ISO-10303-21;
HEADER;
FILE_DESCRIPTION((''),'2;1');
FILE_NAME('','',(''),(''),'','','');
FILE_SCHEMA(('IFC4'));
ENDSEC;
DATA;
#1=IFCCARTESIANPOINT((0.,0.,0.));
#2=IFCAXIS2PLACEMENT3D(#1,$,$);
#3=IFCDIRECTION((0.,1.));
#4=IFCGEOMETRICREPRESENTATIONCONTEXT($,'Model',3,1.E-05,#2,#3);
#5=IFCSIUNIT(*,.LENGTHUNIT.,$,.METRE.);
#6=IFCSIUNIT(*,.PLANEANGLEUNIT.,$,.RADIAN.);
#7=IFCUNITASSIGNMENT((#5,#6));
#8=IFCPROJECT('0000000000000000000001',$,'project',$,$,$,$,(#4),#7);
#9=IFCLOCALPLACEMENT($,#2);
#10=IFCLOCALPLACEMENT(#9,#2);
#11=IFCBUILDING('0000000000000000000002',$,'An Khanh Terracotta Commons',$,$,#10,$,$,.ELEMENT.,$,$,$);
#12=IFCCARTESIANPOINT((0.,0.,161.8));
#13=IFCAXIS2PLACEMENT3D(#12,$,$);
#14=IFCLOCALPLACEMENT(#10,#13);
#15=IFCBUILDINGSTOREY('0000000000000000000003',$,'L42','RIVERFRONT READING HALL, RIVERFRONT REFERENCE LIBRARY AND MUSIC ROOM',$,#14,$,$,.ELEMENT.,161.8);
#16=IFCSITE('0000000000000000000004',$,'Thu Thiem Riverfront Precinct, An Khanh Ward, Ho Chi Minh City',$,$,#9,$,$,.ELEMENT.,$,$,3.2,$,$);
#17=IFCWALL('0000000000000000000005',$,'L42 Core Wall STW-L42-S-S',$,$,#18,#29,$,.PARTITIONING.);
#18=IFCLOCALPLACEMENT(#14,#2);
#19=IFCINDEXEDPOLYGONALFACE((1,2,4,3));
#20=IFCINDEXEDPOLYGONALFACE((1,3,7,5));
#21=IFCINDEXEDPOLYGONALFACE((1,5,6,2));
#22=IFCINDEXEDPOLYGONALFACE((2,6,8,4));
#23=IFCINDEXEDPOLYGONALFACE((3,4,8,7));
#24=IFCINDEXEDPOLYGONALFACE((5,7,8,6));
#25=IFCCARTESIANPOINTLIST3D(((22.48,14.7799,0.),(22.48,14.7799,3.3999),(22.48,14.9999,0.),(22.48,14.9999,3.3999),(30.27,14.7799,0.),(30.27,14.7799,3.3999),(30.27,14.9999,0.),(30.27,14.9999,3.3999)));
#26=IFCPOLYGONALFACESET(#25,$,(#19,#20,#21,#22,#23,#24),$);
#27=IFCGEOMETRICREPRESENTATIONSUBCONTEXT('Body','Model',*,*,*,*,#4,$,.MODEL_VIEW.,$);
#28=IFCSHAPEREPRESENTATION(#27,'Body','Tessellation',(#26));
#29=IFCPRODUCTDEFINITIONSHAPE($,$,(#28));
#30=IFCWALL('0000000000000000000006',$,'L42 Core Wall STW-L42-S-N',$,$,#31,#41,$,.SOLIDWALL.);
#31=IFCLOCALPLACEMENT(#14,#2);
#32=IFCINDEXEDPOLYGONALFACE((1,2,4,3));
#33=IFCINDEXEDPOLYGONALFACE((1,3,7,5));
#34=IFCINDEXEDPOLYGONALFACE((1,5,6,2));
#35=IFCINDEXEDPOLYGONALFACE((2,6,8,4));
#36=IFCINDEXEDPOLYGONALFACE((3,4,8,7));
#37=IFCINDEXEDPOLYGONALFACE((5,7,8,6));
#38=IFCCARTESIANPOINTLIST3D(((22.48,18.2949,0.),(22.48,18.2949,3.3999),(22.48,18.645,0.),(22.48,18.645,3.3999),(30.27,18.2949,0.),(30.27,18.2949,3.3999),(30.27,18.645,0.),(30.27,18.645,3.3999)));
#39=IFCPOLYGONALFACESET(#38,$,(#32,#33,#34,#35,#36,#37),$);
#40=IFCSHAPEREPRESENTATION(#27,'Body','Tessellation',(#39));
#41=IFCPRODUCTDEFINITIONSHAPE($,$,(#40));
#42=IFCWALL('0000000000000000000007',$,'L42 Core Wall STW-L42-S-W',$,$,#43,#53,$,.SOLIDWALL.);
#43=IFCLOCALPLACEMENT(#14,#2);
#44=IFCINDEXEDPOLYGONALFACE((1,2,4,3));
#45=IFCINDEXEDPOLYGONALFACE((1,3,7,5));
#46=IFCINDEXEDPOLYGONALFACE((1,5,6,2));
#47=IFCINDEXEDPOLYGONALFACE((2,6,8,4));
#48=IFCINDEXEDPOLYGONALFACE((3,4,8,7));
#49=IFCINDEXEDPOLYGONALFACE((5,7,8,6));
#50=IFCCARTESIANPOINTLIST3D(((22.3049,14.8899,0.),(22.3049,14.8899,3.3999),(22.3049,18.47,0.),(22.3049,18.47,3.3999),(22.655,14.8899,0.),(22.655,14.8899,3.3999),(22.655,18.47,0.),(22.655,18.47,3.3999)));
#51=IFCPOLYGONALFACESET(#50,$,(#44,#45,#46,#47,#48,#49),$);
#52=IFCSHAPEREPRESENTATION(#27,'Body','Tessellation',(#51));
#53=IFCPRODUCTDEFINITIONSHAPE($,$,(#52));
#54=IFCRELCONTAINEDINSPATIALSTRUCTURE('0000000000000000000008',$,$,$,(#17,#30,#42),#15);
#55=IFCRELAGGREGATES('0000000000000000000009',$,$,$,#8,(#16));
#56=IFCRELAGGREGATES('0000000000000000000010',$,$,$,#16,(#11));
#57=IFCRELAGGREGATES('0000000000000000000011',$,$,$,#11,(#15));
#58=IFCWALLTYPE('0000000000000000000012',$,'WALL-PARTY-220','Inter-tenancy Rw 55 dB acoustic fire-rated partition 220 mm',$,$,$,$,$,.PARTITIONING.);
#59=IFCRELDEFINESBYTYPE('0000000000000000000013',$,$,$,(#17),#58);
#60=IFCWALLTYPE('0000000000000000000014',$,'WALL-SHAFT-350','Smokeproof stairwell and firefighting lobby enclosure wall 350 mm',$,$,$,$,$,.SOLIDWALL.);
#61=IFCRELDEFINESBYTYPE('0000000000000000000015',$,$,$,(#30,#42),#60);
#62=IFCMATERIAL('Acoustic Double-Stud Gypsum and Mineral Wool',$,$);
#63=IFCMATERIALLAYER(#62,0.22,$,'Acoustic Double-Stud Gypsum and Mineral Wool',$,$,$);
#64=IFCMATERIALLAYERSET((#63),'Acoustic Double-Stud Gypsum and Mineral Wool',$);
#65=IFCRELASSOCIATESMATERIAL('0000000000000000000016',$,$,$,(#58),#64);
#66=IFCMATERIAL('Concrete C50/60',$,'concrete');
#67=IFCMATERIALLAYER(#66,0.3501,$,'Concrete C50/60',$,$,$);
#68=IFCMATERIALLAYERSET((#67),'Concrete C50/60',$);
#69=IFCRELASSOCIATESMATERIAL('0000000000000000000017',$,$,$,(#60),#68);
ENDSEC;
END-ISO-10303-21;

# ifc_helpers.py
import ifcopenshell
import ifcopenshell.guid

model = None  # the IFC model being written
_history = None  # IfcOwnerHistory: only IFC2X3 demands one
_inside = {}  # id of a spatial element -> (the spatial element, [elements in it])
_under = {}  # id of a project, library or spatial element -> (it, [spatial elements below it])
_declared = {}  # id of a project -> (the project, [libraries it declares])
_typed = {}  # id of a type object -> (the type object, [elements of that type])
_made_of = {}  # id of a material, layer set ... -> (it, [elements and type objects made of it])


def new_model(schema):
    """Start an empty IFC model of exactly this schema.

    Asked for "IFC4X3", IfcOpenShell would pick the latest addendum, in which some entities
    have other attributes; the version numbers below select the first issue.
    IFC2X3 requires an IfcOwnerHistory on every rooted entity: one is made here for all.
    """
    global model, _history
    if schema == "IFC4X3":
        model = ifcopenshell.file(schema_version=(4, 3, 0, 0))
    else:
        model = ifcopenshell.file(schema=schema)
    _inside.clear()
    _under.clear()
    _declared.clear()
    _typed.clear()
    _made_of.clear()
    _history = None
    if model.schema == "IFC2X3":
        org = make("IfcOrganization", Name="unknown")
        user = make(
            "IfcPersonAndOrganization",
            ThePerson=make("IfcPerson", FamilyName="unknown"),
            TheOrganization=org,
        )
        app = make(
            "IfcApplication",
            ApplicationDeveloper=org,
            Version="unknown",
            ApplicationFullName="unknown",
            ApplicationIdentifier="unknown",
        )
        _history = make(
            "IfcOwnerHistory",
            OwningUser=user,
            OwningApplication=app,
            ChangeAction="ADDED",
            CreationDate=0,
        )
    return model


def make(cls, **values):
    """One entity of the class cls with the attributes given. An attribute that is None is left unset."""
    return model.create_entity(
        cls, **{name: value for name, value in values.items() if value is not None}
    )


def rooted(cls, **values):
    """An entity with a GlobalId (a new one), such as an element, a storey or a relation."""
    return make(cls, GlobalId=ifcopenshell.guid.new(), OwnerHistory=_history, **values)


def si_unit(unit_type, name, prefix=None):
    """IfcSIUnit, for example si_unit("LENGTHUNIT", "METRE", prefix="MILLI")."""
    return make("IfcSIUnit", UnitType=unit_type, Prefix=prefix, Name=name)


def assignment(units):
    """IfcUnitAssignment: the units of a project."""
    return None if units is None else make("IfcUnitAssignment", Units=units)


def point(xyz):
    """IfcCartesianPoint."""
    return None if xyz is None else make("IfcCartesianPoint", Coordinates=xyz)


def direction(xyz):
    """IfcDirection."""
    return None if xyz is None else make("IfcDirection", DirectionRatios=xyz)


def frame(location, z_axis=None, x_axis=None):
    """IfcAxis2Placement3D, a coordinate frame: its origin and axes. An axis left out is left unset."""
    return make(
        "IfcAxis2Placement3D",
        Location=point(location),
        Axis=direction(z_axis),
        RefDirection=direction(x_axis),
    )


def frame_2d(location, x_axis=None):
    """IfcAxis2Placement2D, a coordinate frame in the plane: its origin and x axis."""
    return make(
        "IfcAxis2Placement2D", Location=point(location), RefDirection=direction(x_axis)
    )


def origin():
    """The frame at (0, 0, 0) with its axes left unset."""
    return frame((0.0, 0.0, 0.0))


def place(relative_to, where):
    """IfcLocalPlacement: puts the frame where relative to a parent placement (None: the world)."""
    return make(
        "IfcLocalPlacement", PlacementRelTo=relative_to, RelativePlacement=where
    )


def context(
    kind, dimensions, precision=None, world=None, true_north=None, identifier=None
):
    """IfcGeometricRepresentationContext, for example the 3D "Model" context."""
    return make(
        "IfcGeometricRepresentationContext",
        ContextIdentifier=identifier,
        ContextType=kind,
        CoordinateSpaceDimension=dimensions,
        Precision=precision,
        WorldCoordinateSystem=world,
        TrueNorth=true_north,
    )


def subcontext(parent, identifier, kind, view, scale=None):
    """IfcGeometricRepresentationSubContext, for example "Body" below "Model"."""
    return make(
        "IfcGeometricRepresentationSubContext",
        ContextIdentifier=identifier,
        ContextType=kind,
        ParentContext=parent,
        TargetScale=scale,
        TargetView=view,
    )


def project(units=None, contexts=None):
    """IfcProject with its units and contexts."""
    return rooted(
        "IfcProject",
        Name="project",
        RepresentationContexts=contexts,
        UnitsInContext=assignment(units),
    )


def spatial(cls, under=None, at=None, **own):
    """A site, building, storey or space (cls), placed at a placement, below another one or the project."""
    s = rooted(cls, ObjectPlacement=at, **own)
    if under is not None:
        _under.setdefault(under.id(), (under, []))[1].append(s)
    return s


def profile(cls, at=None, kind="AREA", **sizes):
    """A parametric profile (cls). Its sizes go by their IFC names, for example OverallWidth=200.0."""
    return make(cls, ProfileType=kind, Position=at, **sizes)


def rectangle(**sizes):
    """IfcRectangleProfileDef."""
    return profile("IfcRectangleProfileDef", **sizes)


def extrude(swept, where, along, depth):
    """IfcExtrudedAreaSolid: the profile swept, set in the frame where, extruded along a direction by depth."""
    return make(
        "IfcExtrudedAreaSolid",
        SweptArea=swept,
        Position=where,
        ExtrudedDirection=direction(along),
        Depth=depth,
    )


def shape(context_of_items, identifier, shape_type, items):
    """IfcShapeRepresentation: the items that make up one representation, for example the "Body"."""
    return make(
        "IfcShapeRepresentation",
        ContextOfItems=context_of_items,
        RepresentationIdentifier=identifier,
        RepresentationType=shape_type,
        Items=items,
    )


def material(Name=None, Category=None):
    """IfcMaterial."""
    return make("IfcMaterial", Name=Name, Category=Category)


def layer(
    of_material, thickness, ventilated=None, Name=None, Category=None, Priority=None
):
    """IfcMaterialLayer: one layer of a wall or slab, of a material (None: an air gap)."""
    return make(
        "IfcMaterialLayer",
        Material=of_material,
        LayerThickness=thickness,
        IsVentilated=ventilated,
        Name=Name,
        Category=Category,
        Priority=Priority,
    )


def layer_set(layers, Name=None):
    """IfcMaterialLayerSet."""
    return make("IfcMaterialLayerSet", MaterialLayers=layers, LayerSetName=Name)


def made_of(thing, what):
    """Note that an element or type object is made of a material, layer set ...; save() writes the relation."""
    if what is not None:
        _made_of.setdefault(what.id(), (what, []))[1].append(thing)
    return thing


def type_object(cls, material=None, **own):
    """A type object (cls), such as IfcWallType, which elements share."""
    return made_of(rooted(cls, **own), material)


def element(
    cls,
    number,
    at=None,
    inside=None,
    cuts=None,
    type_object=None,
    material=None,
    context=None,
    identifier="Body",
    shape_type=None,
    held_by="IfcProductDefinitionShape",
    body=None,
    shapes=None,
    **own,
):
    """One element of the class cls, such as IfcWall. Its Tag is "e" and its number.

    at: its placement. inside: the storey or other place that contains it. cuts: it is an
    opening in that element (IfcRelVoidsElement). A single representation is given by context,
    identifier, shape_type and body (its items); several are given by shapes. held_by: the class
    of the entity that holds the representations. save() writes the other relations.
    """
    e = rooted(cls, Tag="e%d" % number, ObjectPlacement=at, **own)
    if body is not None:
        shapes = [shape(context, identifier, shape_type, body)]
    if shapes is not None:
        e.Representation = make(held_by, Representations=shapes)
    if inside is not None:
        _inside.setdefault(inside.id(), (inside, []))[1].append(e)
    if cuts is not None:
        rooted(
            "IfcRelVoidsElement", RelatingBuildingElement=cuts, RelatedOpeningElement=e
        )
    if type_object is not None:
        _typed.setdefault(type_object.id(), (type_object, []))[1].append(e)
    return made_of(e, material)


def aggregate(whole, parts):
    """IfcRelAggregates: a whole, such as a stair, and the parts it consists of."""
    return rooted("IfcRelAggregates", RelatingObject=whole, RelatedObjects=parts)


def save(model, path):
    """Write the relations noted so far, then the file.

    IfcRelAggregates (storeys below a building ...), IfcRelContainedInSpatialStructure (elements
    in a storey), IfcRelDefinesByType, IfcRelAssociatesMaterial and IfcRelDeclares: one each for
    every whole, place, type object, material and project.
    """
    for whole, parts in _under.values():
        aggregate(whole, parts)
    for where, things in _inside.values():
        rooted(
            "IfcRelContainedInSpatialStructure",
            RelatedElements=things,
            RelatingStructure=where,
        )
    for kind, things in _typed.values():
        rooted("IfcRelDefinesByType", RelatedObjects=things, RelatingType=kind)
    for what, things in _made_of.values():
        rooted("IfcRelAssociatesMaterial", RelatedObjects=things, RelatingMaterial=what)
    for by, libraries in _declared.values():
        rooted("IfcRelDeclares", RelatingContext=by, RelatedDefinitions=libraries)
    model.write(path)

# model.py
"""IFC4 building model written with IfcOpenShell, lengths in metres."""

from ifc_helpers import new_model, si_unit, direction, frame, frame_2d, origin, place, context, subcontext, project, spatial, rectangle, extrude, material, layer, layer_set, type_object, element, save


model = new_model("IFC4")

# Units and contexts
model_context = context("Model", 3, precision=1e-05, world=origin(), true_north=direction((0.0, 1.0)))
body_context = subcontext(model_context, "Body", "Model", "MODEL_VIEW")
ifc_project = project(units=[si_unit("LENGTHUNIT", "METRE"), si_unit("PLANEANGLEUNIT", "RADIAN")], contexts=[model_context])

# Site, building, storey
site_placement = place(None, origin())
site = spatial("IfcSite", under=ifc_project, at=site_placement, Name="Thu Thiem Riverfront Precinct, An Khanh Ward, Ho Chi Minh City", CompositionType="ELEMENT", RefElevation=3.2)
building_placement = place(site_placement, origin())
building = spatial("IfcBuilding", under=site, at=building_placement, Name="An Khanh Terracotta Commons", CompositionType="ELEMENT")
storey_placement = place(building_placement, frame((0.0, 0.0, 161.8)))
storey = spatial("IfcBuildingStorey", under=building, at=storey_placement, Name="L42", Description="RIVERFRONT READING HALL, RIVERFRONT REFERENCE LIBRARY AND MUSIC ROOM", CompositionType="ELEMENT", Elevation=161.8)

# Walls
ifc_material_1 = material(Name="Acoustic Double-Stud Gypsum and Mineral Wool")
ifc_layer_1 = layer(ifc_material_1, 0.22, Name="Acoustic Double-Stud Gypsum and Mineral Wool")
ifc_layer_set_1 = layer_set([ifc_layer_1], Name="Acoustic Double-Stud Gypsum and Mineral Wool")
wall_type_1 = type_object("IfcWallType", Name="WALL-PARTY-220", Description="Inter-tenancy Rw 55 dB acoustic fire-rated partition 220 mm", PredefinedType="PARTITIONING", material=ifc_layer_set_1)
wall_1_placement = place(storey_placement, frame((22.48, 14.8899, 0.0), z_axis=(0.0, 0.0, 1.0), x_axis=(1.0, 0.0, 0.0)))
element("IfcWall", 1, at=wall_1_placement, inside=storey, type_object=wall_type_1, Name="L42 Core Wall STW-L42-S-S", PredefinedType="PARTITIONING", context=body_context, shape_type="SweptSolid", body=[
    extrude(rectangle(XDim=7.79, YDim=0.22, at=frame_2d((3.895, 0.0))), origin(), (0.0, 0.0, 1.0), 3.3999),
])
ifc_material_2 = material(Name="Concrete C50/60", Category="concrete")
ifc_layer_2 = layer(ifc_material_2, 0.3501, Name="Concrete C50/60")
ifc_layer_set_2 = layer_set([ifc_layer_2], Name="Concrete C50/60")
wall_type_2 = type_object("IfcWallType", Name="WALL-SHAFT-350", Description="Smokeproof stairwell and firefighting lobby enclosure wall 350 mm", PredefinedType="SOLIDWALL", material=ifc_layer_set_2)
wall_2_placement = place(storey_placement, frame((22.48, 18.47, 0.0), z_axis=(0.0, 0.0, 1.0), x_axis=(1.0, 0.0, 0.0)))
element("IfcWall", 2, at=wall_2_placement, inside=storey, type_object=wall_type_2, Name="L42 Core Wall STW-L42-S-N", PredefinedType="SOLIDWALL", context=body_context, shape_type="SweptSolid", body=[
    extrude(rectangle(XDim=7.79, YDim=0.3501, at=frame_2d((3.895, 0.0))), origin(), (0.0, 0.0, 1.0), 3.3999),
])
wall_3_placement = place(storey_placement, frame((22.48, 14.8899, 0.0), z_axis=(0.0, 0.0, 1.0), x_axis=(0.0, 1.0, 0.0)))
element("IfcWall", 3, at=wall_3_placement, inside=storey, type_object=wall_type_2, Name="L42 Core Wall STW-L42-S-W", PredefinedType="SOLIDWALL", context=body_context, shape_type="SweptSolid", body=[
    extrude(rectangle(XDim=3.5801, YDim=0.3501, at=frame_2d((1.79, 0.0))), origin(), (0.0, 0.0, 1.0), 3.3999),
])

save(model, "model.ifc")
